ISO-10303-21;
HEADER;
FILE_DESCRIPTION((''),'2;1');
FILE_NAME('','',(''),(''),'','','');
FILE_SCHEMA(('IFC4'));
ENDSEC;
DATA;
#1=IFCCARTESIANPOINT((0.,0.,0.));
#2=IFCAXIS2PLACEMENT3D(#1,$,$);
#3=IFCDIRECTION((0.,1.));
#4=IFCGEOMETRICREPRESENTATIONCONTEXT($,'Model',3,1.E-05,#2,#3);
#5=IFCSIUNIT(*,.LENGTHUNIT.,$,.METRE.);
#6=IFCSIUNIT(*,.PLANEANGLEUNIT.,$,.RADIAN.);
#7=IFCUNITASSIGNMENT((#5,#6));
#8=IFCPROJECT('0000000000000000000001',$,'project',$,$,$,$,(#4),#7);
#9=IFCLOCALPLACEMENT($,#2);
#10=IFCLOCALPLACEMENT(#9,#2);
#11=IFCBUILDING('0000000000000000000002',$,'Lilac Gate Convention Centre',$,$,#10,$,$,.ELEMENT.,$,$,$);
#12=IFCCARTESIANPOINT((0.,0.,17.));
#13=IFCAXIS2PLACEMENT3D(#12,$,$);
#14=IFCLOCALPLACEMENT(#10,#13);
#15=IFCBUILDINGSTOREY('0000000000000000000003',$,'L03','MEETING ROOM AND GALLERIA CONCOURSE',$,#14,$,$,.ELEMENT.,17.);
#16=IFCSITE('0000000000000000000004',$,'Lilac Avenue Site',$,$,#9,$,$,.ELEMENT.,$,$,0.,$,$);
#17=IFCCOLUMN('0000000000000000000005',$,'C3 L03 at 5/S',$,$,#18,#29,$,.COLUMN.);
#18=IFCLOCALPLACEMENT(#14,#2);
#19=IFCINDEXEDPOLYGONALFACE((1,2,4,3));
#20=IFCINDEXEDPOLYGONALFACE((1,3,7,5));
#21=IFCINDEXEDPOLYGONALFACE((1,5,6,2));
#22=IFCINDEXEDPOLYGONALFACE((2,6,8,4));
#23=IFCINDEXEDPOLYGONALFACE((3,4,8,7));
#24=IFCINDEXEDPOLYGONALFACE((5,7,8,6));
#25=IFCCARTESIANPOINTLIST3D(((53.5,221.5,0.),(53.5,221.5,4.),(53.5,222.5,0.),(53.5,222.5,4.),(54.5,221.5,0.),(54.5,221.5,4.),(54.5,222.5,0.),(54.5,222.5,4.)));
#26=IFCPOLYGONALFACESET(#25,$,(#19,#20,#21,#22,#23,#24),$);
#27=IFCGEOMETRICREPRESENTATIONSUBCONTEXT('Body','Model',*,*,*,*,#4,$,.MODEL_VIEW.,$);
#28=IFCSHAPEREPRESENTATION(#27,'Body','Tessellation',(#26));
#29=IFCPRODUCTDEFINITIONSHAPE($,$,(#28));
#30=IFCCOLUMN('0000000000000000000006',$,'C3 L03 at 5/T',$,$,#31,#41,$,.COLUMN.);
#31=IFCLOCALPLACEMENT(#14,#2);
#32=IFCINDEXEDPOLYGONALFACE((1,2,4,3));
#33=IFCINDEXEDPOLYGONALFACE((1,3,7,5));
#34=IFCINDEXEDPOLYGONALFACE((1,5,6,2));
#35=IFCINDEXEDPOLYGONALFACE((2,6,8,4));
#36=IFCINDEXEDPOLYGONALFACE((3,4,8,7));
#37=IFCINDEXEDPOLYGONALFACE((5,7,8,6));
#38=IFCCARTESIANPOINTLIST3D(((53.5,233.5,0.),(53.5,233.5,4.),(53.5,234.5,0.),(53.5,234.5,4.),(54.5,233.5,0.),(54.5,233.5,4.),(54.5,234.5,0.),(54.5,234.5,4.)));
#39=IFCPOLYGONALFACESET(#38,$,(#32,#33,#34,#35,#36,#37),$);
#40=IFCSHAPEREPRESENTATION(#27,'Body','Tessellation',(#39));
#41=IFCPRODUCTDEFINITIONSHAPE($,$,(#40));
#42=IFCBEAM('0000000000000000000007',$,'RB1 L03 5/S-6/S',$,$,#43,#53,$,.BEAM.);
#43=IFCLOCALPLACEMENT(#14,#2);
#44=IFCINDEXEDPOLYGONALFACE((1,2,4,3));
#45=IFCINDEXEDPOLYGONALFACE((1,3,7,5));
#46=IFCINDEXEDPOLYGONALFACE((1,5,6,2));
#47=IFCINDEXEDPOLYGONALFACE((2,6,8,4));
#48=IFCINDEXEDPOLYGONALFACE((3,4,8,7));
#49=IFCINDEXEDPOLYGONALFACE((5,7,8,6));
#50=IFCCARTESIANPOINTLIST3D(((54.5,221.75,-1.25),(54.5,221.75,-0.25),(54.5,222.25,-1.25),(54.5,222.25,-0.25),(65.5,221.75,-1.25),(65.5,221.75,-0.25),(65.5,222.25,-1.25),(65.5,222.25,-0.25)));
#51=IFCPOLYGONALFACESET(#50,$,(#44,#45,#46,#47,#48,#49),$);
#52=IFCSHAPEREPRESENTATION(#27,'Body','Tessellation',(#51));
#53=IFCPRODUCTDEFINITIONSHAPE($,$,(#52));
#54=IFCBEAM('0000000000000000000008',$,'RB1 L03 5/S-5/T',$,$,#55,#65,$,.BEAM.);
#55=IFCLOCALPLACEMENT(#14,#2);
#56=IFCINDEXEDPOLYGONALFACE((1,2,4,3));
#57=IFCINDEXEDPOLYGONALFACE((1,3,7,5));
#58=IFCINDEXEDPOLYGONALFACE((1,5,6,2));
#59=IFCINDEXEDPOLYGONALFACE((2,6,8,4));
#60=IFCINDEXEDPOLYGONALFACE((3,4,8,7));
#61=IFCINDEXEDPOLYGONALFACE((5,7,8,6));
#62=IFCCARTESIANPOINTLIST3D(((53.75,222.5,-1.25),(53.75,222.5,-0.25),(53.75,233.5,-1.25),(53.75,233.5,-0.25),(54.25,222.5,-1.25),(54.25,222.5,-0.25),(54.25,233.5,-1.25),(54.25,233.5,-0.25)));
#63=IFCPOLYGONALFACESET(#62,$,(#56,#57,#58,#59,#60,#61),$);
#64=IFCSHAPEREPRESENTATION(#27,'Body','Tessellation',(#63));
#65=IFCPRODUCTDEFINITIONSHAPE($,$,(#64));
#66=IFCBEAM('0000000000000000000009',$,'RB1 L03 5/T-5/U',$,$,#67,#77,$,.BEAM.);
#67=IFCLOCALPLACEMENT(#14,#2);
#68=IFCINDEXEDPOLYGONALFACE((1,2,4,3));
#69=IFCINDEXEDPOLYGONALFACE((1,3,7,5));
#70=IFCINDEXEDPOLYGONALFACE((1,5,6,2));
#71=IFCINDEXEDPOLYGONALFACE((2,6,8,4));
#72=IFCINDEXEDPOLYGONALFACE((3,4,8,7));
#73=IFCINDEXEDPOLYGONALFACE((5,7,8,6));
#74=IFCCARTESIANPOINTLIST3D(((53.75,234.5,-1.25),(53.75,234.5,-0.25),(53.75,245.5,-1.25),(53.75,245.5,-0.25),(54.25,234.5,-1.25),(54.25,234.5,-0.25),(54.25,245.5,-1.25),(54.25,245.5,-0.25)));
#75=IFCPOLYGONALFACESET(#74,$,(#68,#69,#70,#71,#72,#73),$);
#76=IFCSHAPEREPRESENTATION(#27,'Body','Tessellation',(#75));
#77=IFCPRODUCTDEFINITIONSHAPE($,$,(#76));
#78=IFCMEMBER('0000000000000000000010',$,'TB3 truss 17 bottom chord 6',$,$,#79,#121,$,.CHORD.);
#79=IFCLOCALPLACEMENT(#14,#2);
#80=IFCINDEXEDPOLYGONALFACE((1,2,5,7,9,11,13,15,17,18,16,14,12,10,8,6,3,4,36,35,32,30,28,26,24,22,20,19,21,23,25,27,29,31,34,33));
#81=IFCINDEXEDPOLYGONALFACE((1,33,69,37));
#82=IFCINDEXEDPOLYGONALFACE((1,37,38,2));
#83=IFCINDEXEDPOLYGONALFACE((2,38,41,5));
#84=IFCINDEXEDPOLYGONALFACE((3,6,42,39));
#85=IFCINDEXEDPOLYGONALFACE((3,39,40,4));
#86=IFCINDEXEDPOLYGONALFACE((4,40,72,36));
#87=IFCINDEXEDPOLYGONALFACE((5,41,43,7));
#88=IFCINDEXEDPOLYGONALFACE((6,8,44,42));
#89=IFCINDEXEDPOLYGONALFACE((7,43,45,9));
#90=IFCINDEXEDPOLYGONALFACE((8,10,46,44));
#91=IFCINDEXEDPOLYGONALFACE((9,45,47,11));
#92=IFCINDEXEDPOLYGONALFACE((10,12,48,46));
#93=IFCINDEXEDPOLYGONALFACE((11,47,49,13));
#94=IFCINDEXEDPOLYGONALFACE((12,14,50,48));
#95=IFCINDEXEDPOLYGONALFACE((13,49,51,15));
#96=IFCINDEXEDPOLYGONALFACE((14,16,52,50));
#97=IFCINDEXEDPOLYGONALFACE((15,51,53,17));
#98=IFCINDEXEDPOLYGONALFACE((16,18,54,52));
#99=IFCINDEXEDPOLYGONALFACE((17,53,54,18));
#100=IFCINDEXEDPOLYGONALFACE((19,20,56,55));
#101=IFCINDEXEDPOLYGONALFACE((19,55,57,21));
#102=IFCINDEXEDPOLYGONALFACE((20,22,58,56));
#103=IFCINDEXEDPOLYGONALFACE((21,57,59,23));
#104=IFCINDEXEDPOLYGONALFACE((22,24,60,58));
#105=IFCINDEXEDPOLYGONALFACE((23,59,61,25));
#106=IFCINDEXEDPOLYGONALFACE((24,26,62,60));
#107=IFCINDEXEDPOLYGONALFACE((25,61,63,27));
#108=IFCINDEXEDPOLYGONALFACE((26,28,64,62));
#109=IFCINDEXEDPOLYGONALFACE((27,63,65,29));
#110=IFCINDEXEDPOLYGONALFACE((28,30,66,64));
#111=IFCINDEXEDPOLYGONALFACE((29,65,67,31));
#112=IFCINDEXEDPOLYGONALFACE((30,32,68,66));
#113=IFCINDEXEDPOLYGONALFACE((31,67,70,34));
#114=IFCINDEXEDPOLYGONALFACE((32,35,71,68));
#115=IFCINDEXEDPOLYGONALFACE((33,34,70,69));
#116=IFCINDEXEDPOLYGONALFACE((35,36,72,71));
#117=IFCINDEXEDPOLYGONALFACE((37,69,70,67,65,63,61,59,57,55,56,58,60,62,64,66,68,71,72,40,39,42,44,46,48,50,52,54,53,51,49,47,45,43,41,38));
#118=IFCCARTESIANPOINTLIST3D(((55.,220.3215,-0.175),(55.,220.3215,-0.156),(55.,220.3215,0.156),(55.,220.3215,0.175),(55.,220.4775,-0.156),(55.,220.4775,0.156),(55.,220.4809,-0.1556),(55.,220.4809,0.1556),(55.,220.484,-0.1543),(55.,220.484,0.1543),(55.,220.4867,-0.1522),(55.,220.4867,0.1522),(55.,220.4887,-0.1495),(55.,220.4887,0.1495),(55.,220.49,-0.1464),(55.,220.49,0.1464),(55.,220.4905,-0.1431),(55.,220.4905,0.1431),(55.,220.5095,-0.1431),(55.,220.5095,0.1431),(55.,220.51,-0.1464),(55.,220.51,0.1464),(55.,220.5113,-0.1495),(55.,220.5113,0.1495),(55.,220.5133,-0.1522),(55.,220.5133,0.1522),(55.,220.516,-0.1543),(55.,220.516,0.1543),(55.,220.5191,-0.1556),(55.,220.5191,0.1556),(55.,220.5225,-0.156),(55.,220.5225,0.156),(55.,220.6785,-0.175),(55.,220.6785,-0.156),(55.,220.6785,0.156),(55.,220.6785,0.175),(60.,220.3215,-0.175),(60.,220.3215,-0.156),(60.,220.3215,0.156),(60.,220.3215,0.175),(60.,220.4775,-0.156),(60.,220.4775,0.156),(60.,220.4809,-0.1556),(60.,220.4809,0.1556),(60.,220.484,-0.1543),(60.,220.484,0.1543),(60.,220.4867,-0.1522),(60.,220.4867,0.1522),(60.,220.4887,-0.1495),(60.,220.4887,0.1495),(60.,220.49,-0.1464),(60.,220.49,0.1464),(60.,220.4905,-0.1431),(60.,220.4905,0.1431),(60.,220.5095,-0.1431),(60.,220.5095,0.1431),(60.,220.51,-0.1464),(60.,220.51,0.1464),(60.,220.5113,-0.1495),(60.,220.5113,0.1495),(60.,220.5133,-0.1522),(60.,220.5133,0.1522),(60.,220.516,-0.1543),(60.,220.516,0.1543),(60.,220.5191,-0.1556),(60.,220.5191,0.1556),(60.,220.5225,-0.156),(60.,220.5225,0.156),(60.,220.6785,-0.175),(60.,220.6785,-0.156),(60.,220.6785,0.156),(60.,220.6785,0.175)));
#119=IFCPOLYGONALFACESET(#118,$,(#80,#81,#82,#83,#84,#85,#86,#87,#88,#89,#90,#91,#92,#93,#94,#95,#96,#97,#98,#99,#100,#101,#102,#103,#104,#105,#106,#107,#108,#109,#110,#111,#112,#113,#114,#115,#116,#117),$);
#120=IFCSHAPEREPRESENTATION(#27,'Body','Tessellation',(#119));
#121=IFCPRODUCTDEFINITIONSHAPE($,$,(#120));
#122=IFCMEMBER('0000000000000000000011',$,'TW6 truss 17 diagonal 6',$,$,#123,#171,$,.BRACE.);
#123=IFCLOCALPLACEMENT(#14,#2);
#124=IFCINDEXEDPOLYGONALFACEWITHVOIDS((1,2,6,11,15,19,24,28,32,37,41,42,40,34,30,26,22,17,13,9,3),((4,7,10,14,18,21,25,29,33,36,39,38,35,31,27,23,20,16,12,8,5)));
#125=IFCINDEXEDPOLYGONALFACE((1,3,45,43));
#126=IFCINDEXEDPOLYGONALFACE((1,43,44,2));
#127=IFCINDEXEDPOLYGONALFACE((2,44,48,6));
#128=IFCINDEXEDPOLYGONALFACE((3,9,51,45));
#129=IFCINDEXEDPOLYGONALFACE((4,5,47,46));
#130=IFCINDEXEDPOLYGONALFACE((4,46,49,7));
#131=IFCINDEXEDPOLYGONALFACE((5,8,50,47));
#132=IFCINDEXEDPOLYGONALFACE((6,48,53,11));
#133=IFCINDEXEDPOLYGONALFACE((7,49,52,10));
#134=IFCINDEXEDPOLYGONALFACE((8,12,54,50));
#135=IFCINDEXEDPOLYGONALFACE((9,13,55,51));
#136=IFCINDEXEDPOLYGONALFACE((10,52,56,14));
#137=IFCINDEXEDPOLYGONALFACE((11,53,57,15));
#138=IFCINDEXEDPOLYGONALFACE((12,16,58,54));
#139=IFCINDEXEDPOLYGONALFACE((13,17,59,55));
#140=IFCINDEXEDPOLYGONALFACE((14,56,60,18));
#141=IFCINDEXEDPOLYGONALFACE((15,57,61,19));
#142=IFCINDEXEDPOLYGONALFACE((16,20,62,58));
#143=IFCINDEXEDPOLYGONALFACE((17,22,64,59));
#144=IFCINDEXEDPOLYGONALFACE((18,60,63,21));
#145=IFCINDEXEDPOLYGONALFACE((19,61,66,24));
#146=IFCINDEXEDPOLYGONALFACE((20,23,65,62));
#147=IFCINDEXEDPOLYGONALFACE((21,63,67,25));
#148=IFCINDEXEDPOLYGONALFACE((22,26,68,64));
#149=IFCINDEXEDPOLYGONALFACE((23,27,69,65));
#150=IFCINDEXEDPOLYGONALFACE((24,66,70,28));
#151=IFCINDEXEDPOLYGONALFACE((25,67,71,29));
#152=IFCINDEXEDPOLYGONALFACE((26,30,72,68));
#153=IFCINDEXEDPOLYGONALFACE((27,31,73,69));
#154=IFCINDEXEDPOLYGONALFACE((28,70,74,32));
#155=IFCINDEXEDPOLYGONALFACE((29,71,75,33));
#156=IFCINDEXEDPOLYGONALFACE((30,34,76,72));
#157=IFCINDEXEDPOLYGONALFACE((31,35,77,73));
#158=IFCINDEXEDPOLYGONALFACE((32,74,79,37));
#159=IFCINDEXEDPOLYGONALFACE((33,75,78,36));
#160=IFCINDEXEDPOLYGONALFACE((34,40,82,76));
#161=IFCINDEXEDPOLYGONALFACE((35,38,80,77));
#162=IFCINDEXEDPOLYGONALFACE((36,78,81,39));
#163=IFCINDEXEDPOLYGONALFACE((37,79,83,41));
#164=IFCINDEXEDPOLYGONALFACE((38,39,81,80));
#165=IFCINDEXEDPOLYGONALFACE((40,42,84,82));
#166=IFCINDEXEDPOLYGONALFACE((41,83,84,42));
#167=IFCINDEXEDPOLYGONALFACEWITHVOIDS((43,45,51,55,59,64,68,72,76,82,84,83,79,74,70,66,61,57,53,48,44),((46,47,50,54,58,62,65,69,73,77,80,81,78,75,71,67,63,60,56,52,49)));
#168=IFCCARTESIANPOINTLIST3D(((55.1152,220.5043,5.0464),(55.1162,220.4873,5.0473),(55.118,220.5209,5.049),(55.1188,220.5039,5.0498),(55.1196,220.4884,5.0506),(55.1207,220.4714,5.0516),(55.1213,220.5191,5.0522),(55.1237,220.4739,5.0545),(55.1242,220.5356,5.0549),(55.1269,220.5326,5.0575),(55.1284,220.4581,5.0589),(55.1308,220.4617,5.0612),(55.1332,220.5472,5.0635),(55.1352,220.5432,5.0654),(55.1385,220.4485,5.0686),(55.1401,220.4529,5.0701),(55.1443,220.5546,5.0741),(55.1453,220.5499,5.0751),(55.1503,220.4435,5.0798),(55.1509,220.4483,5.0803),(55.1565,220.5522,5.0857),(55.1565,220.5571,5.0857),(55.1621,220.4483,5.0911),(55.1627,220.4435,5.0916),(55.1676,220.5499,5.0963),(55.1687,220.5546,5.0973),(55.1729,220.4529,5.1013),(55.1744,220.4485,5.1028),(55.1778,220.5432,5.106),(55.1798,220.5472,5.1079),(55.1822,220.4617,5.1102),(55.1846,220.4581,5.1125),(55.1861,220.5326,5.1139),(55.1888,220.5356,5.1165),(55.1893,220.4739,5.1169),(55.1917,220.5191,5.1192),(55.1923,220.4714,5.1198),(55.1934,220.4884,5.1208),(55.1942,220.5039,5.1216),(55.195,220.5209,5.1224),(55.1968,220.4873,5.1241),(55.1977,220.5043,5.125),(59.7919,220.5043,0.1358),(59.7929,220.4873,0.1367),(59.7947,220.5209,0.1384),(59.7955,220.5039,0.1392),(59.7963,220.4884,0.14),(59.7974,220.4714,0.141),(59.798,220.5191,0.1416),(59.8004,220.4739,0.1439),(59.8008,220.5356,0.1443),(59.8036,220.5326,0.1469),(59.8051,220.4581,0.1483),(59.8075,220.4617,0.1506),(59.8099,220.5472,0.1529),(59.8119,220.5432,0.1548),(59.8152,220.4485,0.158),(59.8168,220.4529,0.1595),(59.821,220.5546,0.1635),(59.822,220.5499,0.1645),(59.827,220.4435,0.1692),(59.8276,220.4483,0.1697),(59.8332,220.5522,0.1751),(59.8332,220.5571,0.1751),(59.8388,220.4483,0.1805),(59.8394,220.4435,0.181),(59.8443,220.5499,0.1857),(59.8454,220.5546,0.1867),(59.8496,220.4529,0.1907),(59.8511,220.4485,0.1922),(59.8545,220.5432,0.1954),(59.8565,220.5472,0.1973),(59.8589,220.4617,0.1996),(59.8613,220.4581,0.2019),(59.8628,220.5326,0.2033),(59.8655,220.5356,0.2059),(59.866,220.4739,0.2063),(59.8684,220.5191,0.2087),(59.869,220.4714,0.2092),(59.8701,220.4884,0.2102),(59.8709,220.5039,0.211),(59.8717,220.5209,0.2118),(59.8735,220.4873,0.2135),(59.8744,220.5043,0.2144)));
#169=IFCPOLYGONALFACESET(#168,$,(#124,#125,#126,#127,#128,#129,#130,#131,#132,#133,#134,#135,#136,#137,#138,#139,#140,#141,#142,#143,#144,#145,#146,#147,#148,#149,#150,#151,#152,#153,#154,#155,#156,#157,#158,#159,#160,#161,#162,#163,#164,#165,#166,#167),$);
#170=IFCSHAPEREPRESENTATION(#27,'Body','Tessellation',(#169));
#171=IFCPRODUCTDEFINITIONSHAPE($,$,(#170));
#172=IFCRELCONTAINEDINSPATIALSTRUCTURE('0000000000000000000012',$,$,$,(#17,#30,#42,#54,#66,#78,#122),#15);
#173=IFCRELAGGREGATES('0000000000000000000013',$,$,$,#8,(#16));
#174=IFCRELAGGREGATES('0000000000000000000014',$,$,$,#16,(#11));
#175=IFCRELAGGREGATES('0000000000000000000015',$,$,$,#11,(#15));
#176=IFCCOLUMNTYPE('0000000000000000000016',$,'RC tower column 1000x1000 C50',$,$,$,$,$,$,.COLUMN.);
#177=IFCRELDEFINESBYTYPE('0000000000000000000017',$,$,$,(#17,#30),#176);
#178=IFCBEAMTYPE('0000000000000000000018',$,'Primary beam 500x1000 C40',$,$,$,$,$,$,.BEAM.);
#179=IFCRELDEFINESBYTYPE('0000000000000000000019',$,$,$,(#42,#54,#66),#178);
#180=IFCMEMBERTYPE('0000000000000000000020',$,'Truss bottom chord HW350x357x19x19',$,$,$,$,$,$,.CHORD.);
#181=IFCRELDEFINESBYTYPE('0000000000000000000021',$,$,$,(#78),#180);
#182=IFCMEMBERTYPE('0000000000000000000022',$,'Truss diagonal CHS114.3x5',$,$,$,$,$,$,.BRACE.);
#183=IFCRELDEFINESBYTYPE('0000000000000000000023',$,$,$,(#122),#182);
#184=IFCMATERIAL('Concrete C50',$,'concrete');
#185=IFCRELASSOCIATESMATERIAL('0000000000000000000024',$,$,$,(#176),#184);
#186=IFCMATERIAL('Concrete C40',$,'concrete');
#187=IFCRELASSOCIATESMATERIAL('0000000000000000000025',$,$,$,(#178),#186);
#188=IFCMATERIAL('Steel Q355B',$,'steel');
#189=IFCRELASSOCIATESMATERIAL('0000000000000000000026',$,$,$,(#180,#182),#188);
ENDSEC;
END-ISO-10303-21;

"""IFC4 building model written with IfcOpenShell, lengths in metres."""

from ifc_helpers import new_model, si_unit, direction, frame, origin, origin_2d, place, context, subcontext, project, spatial, rectangle, hollow_circle, i_section, extrude, material, material_profile, profile_set, type_object, element, save


model = new_model("IFC4")

# Units and contexts
model_context = context("Model", 3, precision=1e-05, world=origin(), true_north=direction((0.0, 1.0)))
body_context = subcontext(model_context, "Body", "Model", "MODEL_VIEW")
ifc_project = project(units=[si_unit("LENGTHUNIT", "METRE"), si_unit("PLANEANGLEUNIT", "RADIAN")], contexts=[model_context])

# Site, building, storey
site_placement = place(None, origin())
site = spatial("IfcSite", under=ifc_project, at=site_placement, Name="Lilac Avenue Site", CompositionType="ELEMENT", RefElevation=0.0)
building_placement = place(site_placement, origin())
building = spatial("IfcBuilding", under=site, at=building_placement, Name="Lilac Gate Convention Centre", CompositionType="ELEMENT")
storey_placement = place(building_placement, frame((0.0, 0.0, 17.0)))
storey = spatial("IfcBuildingStorey", under=building, at=storey_placement, Name="L03", Description="MEETING ROOM AND GALLERIA CONCOURSE", CompositionType="ELEMENT", Elevation=17.0)

# Columns
ifc_material_1 = material(Name="Concrete C50", Category="concrete")
ifc_material_profile_1 = material_profile(ifc_material_1, rectangle(XDim=1.0, YDim=1.0, at=origin_2d()), Name="RC 1000x1000")
ifc_profile_set_1 = profile_set([ifc_material_profile_1], Name="Concrete C50")
column_type = type_object("IfcColumnType", Name="RC tower column 1000x1000 C50", PredefinedType="COLUMN", material=ifc_profile_set_1)
for number, where, z_axis, x_axis, name in (
    (1, (54.0, 222.0, 0.0), (0.0, 0.0, 1.0), (1.0, 0.0, 0.0), "C3 L03 at 5/S"),
    (2, (54.0, 234.0, 0.0), (0.0, 0.0, 1.0), (1.0, 0.0, 0.0), "C3 L03 at 5/T"),
):
    element("IfcColumn", number, at=place(storey_placement, frame(where, z_axis=z_axis, x_axis=x_axis)), inside=storey, type_object=column_type, Name=name, PredefinedType="COLUMN", context=body_context, shape_type="SweptSolid", body=[
        extrude(rectangle(XDim=1.0, YDim=1.0, at=origin_2d()), origin(), (0.0, 0.0, 1.0), 4.0),
    ])

# Beams
ifc_material_2 = material(Name="Concrete C40", Category="concrete")
ifc_material_profile_2 = material_profile(ifc_material_2, rectangle(XDim=0.5, YDim=1.0, at=origin_2d()), Name="RC 500x1000")
ifc_profile_set_2 = profile_set([ifc_material_profile_2], Name="Concrete C40")
beam_type = type_object("IfcBeamType", Name="Primary beam 500x1000 C40", PredefinedType="BEAM", material=ifc_profile_set_2)
for number, where, z_axis, x_axis, name in (
    (3, (54.5, 222.0, -0.75), (1.0, 0.0, 0.0), (0.0, 1.0, 0.0), "RB1 L03 5/S-6/S"),
    (4, (54.0, 222.5, -0.75), (0.0, 1.0, 0.0), (-1.0, 0.0, 0.0), "RB1 L03 5/S-5/T"),
    (5, (54.0, 234.5, -0.75), (0.0, 1.0, 0.0), (-1.0, 0.0, 0.0), "RB1 L03 5/T-5/U"),
):
    element("IfcBeam", number, at=place(storey_placement, frame(where, z_axis=z_axis, x_axis=x_axis)), inside=storey, type_object=beam_type, Name=name, PredefinedType="BEAM", context=body_context, shape_type="SweptSolid", body=[
        extrude(rectangle(XDim=0.5, YDim=1.0, at=origin_2d()), origin(), (0.0, 0.0, 1.0), 11.0),
    ])

# Members
ifc_material_3 = material(Name="Steel Q355B", Category="steel")
ifc_material_profile_3 = material_profile(ifc_material_3, i_section(OverallWidth=0.3569, OverallDepth=0.3501, WebThickness=0.019, FlangeThickness=0.019, FilletRadius=0.0129, at=origin_2d()), Name="HW350x357x19x19")
ifc_profile_set_3 = profile_set([ifc_material_profile_3], Name="Steel Q355B")
member_type_1 = type_object("IfcMemberType", Name="Truss bottom chord HW350x357x19x19", PredefinedType="CHORD", material=ifc_profile_set_3)
member_1_placement = place(storey_placement, frame((55.0, 220.5, 0.0), z_axis=(1.0, 0.0, 0.0), x_axis=(0.0, 1.0, 0.0)))
element("IfcMember", 6, at=member_1_placement, inside=storey, type_object=member_type_1, Name="TB3 truss 17 bottom chord 6", PredefinedType="CHORD", context=body_context, shape_type="SweptSolid", body=[
    extrude(i_section(OverallWidth=0.3569, OverallDepth=0.3501, WebThickness=0.019, FlangeThickness=0.019, FilletRadius=0.0129, at=origin_2d()), origin(), (0.0, 0.0, 1.0), 5.0),
])
ifc_material_profile_4 = material_profile(ifc_material_3, hollow_circle(Radius=0.0571, WallThickness=0.0049, at=origin_2d()), Name="CHS114.3x5")
ifc_profile_set_4 = profile_set([ifc_material_profile_4], Name="Steel Q355B")
member_type_2 = type_object("IfcMemberType", Name="Truss diagonal CHS114.3x5", PredefinedType="BRACE", material=ifc_profile_set_4)
member_2_placement = place(storey_placement, frame((55.1565, 220.5, 5.0857), z_axis=(0.689652, 0.0, -0.724141), x_axis=(0.0, 1.0, 0.0)))
element("IfcMember", 7, at=member_2_placement, inside=storey, type_object=member_type_2, Name="TW6 truss 17 diagonal 6", PredefinedType="BRACE", context=body_context, shape_type="SweptSolid", body=[
    extrude(hollow_circle(Radius=0.0571, WallThickness=0.0049, at=origin_2d()), origin(), (0.0, 0.0, 1.0), 6.7812),
])

save(model, "model.ifc")
